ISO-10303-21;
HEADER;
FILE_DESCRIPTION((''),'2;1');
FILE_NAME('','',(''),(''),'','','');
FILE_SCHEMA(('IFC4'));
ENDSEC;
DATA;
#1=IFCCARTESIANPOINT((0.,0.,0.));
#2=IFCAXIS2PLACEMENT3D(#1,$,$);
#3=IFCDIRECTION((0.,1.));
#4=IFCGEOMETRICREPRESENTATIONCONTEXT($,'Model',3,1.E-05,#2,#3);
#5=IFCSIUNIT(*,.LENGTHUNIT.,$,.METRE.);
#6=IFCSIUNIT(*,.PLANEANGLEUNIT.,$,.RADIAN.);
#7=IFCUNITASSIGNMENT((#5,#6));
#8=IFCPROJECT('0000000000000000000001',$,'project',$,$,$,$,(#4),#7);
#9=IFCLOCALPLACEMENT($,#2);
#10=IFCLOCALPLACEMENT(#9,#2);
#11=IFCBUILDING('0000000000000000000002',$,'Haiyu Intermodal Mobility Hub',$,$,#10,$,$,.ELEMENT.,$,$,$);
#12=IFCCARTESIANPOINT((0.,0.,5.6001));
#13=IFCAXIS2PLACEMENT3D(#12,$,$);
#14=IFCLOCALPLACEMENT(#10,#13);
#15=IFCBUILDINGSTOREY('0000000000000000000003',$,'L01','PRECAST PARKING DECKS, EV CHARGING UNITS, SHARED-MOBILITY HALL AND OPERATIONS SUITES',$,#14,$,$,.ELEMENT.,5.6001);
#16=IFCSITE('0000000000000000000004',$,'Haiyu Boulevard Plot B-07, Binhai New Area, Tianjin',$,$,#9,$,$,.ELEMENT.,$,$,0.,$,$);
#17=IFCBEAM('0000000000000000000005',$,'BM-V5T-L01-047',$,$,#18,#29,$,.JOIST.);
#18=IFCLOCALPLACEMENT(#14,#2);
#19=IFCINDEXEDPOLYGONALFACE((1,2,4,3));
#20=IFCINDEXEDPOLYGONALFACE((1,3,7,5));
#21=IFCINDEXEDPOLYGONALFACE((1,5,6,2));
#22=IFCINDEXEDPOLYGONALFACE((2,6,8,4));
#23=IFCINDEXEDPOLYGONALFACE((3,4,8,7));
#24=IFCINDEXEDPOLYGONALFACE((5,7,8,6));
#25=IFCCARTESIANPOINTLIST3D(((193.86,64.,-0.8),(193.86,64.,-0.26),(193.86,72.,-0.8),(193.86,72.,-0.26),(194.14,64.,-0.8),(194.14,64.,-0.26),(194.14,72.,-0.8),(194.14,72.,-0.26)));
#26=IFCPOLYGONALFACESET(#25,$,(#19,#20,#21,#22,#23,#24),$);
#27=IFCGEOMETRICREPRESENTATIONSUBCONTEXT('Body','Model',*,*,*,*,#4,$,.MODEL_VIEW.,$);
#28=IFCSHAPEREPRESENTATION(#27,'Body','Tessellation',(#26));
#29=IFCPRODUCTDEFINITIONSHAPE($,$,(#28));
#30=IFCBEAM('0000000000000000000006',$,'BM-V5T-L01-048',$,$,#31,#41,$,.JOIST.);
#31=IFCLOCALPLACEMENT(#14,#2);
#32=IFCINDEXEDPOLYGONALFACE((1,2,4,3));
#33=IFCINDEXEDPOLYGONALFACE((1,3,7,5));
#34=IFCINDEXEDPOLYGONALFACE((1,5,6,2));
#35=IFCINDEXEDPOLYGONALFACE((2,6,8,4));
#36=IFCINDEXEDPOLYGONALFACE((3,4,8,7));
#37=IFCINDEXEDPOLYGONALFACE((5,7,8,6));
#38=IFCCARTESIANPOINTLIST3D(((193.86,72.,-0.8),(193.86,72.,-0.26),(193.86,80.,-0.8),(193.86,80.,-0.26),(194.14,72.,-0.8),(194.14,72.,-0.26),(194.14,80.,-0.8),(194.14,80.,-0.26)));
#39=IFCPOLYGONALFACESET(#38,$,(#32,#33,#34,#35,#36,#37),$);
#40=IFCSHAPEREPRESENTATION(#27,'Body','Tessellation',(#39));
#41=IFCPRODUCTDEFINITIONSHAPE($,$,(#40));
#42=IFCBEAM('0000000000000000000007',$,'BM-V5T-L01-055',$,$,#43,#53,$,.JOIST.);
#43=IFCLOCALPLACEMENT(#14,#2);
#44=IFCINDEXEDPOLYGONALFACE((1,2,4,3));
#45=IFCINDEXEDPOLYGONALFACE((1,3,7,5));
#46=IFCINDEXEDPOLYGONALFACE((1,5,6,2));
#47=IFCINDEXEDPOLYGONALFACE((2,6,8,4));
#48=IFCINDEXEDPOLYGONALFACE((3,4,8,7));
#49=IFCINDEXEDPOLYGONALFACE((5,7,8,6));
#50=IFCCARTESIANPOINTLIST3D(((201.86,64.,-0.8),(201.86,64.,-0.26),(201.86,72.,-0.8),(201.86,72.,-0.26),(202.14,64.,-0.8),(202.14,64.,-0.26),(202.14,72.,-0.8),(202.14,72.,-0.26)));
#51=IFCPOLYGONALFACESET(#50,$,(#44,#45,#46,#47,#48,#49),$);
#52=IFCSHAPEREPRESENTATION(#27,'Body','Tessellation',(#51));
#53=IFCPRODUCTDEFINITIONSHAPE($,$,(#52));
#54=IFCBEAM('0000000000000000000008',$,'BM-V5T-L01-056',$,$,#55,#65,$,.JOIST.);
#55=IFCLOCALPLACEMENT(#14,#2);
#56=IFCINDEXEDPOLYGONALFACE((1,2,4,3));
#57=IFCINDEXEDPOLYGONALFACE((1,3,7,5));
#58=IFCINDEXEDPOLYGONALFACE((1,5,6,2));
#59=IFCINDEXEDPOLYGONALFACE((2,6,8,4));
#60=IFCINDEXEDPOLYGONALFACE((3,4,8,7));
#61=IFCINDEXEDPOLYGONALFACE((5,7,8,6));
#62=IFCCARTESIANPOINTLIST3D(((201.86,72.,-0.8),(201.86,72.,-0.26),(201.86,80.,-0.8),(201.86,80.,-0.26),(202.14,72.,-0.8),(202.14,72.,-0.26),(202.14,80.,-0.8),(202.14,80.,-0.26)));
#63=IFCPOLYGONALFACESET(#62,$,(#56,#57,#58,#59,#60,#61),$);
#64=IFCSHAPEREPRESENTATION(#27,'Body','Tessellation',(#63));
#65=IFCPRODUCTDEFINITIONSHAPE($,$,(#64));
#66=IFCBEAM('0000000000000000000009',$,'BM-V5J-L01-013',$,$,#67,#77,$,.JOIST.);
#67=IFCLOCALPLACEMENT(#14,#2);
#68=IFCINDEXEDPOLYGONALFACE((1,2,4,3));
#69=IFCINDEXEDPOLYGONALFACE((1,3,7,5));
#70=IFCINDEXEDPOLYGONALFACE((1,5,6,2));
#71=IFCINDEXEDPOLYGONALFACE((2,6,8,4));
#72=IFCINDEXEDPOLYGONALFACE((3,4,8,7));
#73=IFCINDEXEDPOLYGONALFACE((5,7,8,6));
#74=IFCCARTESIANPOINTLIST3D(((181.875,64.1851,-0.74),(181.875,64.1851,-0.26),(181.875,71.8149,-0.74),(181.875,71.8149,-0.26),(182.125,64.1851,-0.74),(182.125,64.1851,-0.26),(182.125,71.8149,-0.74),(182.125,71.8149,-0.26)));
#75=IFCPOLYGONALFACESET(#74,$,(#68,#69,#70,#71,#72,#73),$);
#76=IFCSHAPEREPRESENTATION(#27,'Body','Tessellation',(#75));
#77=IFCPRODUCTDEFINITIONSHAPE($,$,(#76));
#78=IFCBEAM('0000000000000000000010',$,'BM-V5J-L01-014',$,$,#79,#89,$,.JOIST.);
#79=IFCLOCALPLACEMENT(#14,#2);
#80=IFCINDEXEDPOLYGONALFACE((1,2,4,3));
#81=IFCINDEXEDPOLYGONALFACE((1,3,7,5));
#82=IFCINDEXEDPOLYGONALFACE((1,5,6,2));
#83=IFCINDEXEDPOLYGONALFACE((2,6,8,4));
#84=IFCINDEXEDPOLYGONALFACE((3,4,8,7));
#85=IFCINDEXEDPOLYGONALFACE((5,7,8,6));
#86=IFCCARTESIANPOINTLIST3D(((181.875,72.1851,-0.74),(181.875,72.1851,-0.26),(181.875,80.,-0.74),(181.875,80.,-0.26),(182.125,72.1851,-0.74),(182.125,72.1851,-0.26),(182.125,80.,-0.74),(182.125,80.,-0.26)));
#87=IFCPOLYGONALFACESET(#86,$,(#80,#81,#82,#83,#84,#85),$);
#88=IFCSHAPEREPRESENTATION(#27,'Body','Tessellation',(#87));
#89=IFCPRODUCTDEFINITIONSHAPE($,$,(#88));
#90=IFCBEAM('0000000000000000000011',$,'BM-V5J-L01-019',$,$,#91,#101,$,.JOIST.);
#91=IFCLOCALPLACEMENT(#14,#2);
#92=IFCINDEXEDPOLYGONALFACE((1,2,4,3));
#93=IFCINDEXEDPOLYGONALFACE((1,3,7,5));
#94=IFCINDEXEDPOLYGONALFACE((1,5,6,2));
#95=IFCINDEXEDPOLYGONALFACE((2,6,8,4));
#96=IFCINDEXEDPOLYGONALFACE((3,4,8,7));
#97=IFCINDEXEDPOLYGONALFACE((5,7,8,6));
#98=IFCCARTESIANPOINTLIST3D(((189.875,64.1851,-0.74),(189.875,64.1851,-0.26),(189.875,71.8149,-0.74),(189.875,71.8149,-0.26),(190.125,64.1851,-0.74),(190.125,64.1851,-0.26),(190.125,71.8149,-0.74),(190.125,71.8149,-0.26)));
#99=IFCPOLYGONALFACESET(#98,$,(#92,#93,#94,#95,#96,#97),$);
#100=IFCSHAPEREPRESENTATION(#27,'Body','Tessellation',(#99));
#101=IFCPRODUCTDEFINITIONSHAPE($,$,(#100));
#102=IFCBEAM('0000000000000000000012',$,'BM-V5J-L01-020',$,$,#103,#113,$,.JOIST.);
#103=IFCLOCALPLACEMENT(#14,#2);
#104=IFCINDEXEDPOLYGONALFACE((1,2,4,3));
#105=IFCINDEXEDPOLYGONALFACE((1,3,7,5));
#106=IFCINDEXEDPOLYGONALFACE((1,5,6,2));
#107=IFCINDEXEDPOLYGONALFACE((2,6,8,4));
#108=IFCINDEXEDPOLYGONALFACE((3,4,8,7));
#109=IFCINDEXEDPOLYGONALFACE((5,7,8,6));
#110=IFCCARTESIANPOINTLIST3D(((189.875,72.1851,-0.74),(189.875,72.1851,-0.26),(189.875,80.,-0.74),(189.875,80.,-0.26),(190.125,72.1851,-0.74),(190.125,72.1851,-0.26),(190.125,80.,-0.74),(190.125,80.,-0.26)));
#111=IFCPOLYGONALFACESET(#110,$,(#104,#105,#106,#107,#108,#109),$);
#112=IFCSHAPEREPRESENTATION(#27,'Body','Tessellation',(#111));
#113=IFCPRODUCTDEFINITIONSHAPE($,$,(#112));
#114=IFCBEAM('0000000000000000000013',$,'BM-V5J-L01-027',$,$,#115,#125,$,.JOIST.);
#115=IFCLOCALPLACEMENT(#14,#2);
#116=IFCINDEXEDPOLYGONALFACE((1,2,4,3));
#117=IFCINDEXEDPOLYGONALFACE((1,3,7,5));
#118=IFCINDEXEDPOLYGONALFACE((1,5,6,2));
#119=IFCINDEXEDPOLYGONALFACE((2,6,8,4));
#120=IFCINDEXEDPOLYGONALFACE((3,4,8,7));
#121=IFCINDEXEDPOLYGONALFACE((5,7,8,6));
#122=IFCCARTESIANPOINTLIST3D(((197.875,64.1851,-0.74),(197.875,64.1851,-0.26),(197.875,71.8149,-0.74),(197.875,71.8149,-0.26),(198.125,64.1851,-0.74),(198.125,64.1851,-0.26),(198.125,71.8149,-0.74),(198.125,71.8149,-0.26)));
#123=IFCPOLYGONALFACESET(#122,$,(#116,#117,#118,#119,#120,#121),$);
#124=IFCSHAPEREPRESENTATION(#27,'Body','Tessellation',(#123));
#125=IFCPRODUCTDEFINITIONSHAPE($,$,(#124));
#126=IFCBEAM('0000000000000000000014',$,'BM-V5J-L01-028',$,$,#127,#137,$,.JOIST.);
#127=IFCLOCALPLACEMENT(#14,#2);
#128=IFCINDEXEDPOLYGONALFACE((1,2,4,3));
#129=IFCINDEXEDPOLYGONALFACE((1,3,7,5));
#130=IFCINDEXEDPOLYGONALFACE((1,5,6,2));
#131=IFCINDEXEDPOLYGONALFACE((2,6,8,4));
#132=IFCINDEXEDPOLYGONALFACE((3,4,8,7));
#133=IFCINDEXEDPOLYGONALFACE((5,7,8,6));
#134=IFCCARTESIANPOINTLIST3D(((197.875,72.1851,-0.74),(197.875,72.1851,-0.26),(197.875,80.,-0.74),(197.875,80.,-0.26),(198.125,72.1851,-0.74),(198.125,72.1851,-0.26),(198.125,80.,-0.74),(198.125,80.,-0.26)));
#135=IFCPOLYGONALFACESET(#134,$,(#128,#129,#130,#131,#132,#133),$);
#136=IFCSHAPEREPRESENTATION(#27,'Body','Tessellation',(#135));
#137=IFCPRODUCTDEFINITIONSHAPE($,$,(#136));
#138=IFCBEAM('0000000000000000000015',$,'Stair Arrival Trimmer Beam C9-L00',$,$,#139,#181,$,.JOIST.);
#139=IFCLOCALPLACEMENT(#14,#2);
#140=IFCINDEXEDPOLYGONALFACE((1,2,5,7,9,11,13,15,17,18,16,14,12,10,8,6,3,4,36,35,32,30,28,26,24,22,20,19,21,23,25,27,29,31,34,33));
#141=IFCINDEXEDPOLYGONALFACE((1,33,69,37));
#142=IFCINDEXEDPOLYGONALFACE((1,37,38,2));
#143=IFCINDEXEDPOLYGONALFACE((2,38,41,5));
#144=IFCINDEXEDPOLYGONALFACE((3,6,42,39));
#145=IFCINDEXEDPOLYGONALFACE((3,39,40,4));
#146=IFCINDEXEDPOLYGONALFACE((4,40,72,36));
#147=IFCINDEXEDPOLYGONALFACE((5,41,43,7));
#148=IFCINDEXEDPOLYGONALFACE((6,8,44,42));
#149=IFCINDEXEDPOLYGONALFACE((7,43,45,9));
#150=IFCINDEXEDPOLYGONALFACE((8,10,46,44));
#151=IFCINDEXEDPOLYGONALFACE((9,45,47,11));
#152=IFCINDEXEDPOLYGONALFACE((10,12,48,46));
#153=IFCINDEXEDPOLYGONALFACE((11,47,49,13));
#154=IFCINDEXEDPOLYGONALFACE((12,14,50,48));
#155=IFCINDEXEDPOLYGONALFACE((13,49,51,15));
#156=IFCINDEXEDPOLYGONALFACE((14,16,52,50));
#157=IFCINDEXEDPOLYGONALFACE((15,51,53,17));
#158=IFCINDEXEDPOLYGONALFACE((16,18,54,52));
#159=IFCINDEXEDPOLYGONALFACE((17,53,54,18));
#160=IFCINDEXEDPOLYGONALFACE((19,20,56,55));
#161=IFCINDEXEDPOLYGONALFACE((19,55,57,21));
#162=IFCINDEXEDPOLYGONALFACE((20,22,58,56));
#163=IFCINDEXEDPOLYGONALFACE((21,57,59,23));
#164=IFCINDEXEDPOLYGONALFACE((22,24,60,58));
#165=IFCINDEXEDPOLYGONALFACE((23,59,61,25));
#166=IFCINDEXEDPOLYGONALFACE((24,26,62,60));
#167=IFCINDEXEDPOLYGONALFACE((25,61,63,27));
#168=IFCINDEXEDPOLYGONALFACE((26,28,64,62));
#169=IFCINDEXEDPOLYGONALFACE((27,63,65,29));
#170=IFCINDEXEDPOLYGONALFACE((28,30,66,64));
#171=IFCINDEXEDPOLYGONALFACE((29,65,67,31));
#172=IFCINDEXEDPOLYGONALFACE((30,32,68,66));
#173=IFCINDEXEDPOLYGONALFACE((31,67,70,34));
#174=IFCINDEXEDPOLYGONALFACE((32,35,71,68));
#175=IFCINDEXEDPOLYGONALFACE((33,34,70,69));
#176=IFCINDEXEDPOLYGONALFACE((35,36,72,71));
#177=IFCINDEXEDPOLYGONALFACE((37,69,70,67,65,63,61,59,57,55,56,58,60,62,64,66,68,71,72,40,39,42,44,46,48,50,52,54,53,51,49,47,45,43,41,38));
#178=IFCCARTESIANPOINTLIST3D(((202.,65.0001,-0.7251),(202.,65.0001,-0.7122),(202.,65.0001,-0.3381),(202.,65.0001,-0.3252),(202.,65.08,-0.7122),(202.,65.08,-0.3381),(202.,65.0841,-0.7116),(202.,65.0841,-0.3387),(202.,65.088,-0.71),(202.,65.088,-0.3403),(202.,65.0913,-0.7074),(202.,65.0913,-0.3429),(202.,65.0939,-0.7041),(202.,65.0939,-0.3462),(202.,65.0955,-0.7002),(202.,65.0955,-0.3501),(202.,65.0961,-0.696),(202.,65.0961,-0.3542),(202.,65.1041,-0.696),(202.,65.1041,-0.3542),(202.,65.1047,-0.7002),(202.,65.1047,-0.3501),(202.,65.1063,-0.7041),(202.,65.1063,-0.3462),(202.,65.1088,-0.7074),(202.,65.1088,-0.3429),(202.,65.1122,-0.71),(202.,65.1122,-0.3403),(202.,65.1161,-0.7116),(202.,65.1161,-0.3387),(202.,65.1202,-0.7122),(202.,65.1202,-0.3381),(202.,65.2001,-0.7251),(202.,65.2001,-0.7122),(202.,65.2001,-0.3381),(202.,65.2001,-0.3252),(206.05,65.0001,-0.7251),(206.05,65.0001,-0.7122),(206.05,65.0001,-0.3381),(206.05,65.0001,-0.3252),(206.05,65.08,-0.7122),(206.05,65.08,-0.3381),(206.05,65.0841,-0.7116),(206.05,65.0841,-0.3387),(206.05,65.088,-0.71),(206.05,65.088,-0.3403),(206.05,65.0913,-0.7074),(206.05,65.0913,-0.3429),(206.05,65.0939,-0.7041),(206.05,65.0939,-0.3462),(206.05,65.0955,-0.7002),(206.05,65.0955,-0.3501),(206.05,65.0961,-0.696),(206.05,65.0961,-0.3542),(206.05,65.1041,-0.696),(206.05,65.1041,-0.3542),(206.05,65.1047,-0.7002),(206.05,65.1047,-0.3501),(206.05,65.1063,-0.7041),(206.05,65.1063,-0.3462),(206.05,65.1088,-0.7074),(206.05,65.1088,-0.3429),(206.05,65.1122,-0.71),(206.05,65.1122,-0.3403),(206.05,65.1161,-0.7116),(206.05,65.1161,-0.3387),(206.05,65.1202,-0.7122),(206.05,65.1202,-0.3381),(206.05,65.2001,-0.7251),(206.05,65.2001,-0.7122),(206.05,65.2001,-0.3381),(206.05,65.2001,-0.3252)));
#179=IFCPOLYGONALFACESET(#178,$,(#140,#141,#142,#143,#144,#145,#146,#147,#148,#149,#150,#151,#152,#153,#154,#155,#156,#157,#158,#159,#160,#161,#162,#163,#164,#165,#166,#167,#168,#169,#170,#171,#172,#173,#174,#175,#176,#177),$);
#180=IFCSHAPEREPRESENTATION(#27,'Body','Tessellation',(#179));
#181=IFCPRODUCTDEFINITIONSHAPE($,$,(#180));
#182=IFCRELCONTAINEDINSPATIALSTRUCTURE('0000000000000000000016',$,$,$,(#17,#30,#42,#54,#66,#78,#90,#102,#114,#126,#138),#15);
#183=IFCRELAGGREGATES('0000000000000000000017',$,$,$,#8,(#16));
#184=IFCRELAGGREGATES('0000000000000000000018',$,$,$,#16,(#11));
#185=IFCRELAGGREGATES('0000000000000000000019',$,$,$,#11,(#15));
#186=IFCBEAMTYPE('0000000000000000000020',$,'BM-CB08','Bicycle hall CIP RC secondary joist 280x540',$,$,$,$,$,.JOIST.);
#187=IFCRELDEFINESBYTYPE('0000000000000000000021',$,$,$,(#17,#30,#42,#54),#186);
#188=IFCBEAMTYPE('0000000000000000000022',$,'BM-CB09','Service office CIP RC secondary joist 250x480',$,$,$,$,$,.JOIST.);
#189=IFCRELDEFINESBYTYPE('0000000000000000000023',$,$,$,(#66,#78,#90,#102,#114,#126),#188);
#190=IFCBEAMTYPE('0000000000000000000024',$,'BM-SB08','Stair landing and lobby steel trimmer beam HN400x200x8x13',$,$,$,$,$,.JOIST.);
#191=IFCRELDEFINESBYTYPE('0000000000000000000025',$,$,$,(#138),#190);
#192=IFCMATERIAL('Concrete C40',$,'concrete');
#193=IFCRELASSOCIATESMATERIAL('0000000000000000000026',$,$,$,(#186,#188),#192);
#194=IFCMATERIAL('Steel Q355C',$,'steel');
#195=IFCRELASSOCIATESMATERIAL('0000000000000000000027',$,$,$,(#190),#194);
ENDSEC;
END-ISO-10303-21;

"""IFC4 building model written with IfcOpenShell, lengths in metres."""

from ifc_helpers import new_model, si_unit, direction, frame, origin, origin_2d, place, context, subcontext, project, spatial, rectangle, i_section, extrude, material, material_profile, profile_set, type_object, element, save


model = new_model("IFC4")

# Units and contexts
model_context = context("Model", 3, precision=1e-05, world=origin(), true_north=direction((0.0, 1.0)))
body_context = subcontext(model_context, "Body", "Model", "MODEL_VIEW")
ifc_project = project(units=[si_unit("LENGTHUNIT", "METRE"), si_unit("PLANEANGLEUNIT", "RADIAN")], contexts=[model_context])

# Site, building, storey
site_placement = place(None, origin())
site = spatial("IfcSite", under=ifc_project, at=site_placement, Name="Haiyu Boulevard Plot B-07, Binhai New Area, Tianjin", CompositionType="ELEMENT", RefElevation=0.0)
building_placement = place(site_placement, origin())
building = spatial("IfcBuilding", under=site, at=building_placement, Name="Haiyu Intermodal Mobility Hub", CompositionType="ELEMENT")
storey_placement = place(building_placement, frame((0.0, 0.0, 5.6001)))
storey = spatial("IfcBuildingStorey", under=building, at=storey_placement, Name="L01", Description="PRECAST PARKING DECKS, EV CHARGING UNITS, SHARED-MOBILITY HALL AND OPERATIONS SUITES", CompositionType="ELEMENT", Elevation=5.6001)

# Shared definitions
ifc_material_1 = material(Name="Concrete C40", Category="concrete")

# Beams
ifc_material_profile_1 = material_profile(ifc_material_1, rectangle(XDim=0.28, YDim=0.54, at=origin_2d()), Name="RCB280x540")
ifc_profile_set_1 = profile_set([ifc_material_profile_1], Name="Concrete C40")
beam_type_1 = type_object("IfcBeamType", Name="BM-CB08", Description="Bicycle hall CIP RC secondary joist 280x540", PredefinedType="JOIST", material=ifc_profile_set_1)
for number, where, z_axis, x_axis, name in (
    (1, (194.0, 64.0, -0.53), (0.0, 1.0, 0.0), (-1.0, 0.0, 0.0), "BM-V5T-L01-047"),
    (2, (194.0, 72.0, -0.53), (0.0, 1.0, 0.0), (-1.0, 0.0, 0.0), "BM-V5T-L01-048"),
    (3, (202.0, 64.0, -0.53), (0.0, 1.0, 0.0), (-1.0, 0.0, 0.0), "BM-V5T-L01-055"),
    (4, (202.0, 72.0, -0.53), (0.0, 1.0, 0.0), (-1.0, 0.0, 0.0), "BM-V5T-L01-056"),
):
    element("IfcBeam", number, at=place(storey_placement, frame(where, z_axis=z_axis, x_axis=x_axis)), inside=storey, type_object=beam_type_1, Name=name, PredefinedType="JOIST", context=body_context, shape_type="SweptSolid", body=[
        extrude(rectangle(XDim=0.28, YDim=0.54, at=origin_2d()), origin(), (0.0, 0.0, 1.0), 8.0),
    ])
ifc_material_profile_2 = material_profile(ifc_material_1, rectangle(XDim=0.25, YDim=0.48, at=origin_2d()), Name="RCB250x480")
ifc_profile_set_2 = profile_set([ifc_material_profile_2], Name="Concrete C40")
beam_type_2 = type_object("IfcBeamType", Name="BM-CB09", Description="Service office CIP RC secondary joist 250x480", PredefinedType="JOIST", material=ifc_profile_set_2)
beam_1_placement = place(storey_placement, frame((182.0, 64.1851, -0.5), z_axis=(0.0, 1.0, 0.0), x_axis=(-1.0, 0.0, 0.0)))
element("IfcBeam", 5, at=beam_1_placement, inside=storey, type_object=beam_type_2, Name="BM-V5J-L01-013", PredefinedType="JOIST", context=body_context, shape_type="SweptSolid", body=[
    extrude(rectangle(XDim=0.25, YDim=0.48, at=origin_2d()), origin(), (0.0, 0.0, 1.0), 7.6299),
])
beam_2_placement = place(storey_placement, frame((182.0, 72.1851, -0.5), z_axis=(0.0, 1.0, 0.0), x_axis=(-1.0, 0.0, 0.0)))
element("IfcBeam", 6, at=beam_2_placement, inside=storey, type_object=beam_type_2, Name="BM-V5J-L01-014", PredefinedType="JOIST", context=body_context, shape_type="SweptSolid", body=[
    extrude(rectangle(XDim=0.25, YDim=0.48, at=origin_2d()), origin(), (0.0, 0.0, 1.0), 7.8149),
])
beam_3_placement = place(storey_placement, frame((190.0, 64.1851, -0.5), z_axis=(0.0, 1.0, 0.0), x_axis=(-1.0, 0.0, 0.0)))
element("IfcBeam", 7, at=beam_3_placement, inside=storey, type_object=beam_type_2, Name="BM-V5J-L01-019", PredefinedType="JOIST", context=body_context, shape_type="SweptSolid", body=[
    extrude(rectangle(XDim=0.25, YDim=0.48, at=origin_2d()), origin(), (0.0, 0.0, 1.0), 7.6299),
])
beam_4_placement = place(storey_placement, frame((190.0, 72.1851, -0.5), z_axis=(0.0, 1.0, 0.0), x_axis=(-1.0, 0.0, 0.0)))
element("IfcBeam", 8, at=beam_4_placement, inside=storey, type_object=beam_type_2, Name="BM-V5J-L01-020", PredefinedType="JOIST", context=body_context, shape_type="SweptSolid", body=[
    extrude(rectangle(XDim=0.25, YDim=0.48, at=origin_2d()), origin(), (0.0, 0.0, 1.0), 7.8149),
])
beam_5_placement = place(storey_placement, frame((198.0, 64.1851, -0.5), z_axis=(0.0, 1.0, 0.0), x_axis=(-1.0, 0.0, 0.0)))
element("IfcBeam", 9, at=beam_5_placement, inside=storey, type_object=beam_type_2, Name="BM-V5J-L01-027", PredefinedType="JOIST", context=body_context, shape_type="SweptSolid", body=[
    extrude(rectangle(XDim=0.25, YDim=0.48, at=origin_2d()), origin(), (0.0, 0.0, 1.0), 7.6299),
])
beam_6_placement = place(storey_placement, frame((198.0, 72.1851, -0.5), z_axis=(0.0, 1.0, 0.0), x_axis=(-1.0, 0.0, 0.0)))
element("IfcBeam", 10, at=beam_6_placement, inside=storey, type_object=beam_type_2, Name="BM-V5J-L01-028", PredefinedType="JOIST", context=body_context, shape_type="SweptSolid", body=[
    extrude(rectangle(XDim=0.25, YDim=0.48, at=origin_2d()), origin(), (0.0, 0.0, 1.0), 7.8149),
])
ifc_material_2 = material(Name="Steel Q355C", Category="steel")
ifc_material_profile_3 = material_profile(ifc_material_2, i_section(OverallWidth=0.2, OverallDepth=0.3999, WebThickness=0.0081, FlangeThickness=0.0129, FilletRadius=0.0161, at=origin_2d()), Name="HN400x200x8x13")
ifc_profile_set_3 = profile_set([ifc_material_profile_3], Name="Steel Q355C")
beam_type_3 = type_object("IfcBeamType", Name="BM-SB08", Description="Stair landing and lobby steel trimmer beam HN400x200x8x13", PredefinedType="JOIST", material=ifc_profile_set_3)
for number, where, z_axis, x_axis, name in (
    (11, (202.0, 65.1001, -0.5251), (1.0, 0.0, 0.0), (0.0, 1.0, 0.0), "Stair Arrival Trimmer Beam C9-L00"),
):
    element("IfcBeam", number, at=place(storey_placement, frame(where, z_axis=z_axis, x_axis=x_axis)), inside=storey, type_object=beam_type_3, Name=name, PredefinedType="JOIST", context=body_context, shape_type="SweptSolid", body=[
        extrude(i_section(OverallWidth=0.2, OverallDepth=0.3999, WebThickness=0.0081, FlangeThickness=0.0129, FilletRadius=0.0161, at=origin_2d()), origin(), (0.0, 0.0, 1.0), 4.05),
    ])

save(model, "model.ifc")
